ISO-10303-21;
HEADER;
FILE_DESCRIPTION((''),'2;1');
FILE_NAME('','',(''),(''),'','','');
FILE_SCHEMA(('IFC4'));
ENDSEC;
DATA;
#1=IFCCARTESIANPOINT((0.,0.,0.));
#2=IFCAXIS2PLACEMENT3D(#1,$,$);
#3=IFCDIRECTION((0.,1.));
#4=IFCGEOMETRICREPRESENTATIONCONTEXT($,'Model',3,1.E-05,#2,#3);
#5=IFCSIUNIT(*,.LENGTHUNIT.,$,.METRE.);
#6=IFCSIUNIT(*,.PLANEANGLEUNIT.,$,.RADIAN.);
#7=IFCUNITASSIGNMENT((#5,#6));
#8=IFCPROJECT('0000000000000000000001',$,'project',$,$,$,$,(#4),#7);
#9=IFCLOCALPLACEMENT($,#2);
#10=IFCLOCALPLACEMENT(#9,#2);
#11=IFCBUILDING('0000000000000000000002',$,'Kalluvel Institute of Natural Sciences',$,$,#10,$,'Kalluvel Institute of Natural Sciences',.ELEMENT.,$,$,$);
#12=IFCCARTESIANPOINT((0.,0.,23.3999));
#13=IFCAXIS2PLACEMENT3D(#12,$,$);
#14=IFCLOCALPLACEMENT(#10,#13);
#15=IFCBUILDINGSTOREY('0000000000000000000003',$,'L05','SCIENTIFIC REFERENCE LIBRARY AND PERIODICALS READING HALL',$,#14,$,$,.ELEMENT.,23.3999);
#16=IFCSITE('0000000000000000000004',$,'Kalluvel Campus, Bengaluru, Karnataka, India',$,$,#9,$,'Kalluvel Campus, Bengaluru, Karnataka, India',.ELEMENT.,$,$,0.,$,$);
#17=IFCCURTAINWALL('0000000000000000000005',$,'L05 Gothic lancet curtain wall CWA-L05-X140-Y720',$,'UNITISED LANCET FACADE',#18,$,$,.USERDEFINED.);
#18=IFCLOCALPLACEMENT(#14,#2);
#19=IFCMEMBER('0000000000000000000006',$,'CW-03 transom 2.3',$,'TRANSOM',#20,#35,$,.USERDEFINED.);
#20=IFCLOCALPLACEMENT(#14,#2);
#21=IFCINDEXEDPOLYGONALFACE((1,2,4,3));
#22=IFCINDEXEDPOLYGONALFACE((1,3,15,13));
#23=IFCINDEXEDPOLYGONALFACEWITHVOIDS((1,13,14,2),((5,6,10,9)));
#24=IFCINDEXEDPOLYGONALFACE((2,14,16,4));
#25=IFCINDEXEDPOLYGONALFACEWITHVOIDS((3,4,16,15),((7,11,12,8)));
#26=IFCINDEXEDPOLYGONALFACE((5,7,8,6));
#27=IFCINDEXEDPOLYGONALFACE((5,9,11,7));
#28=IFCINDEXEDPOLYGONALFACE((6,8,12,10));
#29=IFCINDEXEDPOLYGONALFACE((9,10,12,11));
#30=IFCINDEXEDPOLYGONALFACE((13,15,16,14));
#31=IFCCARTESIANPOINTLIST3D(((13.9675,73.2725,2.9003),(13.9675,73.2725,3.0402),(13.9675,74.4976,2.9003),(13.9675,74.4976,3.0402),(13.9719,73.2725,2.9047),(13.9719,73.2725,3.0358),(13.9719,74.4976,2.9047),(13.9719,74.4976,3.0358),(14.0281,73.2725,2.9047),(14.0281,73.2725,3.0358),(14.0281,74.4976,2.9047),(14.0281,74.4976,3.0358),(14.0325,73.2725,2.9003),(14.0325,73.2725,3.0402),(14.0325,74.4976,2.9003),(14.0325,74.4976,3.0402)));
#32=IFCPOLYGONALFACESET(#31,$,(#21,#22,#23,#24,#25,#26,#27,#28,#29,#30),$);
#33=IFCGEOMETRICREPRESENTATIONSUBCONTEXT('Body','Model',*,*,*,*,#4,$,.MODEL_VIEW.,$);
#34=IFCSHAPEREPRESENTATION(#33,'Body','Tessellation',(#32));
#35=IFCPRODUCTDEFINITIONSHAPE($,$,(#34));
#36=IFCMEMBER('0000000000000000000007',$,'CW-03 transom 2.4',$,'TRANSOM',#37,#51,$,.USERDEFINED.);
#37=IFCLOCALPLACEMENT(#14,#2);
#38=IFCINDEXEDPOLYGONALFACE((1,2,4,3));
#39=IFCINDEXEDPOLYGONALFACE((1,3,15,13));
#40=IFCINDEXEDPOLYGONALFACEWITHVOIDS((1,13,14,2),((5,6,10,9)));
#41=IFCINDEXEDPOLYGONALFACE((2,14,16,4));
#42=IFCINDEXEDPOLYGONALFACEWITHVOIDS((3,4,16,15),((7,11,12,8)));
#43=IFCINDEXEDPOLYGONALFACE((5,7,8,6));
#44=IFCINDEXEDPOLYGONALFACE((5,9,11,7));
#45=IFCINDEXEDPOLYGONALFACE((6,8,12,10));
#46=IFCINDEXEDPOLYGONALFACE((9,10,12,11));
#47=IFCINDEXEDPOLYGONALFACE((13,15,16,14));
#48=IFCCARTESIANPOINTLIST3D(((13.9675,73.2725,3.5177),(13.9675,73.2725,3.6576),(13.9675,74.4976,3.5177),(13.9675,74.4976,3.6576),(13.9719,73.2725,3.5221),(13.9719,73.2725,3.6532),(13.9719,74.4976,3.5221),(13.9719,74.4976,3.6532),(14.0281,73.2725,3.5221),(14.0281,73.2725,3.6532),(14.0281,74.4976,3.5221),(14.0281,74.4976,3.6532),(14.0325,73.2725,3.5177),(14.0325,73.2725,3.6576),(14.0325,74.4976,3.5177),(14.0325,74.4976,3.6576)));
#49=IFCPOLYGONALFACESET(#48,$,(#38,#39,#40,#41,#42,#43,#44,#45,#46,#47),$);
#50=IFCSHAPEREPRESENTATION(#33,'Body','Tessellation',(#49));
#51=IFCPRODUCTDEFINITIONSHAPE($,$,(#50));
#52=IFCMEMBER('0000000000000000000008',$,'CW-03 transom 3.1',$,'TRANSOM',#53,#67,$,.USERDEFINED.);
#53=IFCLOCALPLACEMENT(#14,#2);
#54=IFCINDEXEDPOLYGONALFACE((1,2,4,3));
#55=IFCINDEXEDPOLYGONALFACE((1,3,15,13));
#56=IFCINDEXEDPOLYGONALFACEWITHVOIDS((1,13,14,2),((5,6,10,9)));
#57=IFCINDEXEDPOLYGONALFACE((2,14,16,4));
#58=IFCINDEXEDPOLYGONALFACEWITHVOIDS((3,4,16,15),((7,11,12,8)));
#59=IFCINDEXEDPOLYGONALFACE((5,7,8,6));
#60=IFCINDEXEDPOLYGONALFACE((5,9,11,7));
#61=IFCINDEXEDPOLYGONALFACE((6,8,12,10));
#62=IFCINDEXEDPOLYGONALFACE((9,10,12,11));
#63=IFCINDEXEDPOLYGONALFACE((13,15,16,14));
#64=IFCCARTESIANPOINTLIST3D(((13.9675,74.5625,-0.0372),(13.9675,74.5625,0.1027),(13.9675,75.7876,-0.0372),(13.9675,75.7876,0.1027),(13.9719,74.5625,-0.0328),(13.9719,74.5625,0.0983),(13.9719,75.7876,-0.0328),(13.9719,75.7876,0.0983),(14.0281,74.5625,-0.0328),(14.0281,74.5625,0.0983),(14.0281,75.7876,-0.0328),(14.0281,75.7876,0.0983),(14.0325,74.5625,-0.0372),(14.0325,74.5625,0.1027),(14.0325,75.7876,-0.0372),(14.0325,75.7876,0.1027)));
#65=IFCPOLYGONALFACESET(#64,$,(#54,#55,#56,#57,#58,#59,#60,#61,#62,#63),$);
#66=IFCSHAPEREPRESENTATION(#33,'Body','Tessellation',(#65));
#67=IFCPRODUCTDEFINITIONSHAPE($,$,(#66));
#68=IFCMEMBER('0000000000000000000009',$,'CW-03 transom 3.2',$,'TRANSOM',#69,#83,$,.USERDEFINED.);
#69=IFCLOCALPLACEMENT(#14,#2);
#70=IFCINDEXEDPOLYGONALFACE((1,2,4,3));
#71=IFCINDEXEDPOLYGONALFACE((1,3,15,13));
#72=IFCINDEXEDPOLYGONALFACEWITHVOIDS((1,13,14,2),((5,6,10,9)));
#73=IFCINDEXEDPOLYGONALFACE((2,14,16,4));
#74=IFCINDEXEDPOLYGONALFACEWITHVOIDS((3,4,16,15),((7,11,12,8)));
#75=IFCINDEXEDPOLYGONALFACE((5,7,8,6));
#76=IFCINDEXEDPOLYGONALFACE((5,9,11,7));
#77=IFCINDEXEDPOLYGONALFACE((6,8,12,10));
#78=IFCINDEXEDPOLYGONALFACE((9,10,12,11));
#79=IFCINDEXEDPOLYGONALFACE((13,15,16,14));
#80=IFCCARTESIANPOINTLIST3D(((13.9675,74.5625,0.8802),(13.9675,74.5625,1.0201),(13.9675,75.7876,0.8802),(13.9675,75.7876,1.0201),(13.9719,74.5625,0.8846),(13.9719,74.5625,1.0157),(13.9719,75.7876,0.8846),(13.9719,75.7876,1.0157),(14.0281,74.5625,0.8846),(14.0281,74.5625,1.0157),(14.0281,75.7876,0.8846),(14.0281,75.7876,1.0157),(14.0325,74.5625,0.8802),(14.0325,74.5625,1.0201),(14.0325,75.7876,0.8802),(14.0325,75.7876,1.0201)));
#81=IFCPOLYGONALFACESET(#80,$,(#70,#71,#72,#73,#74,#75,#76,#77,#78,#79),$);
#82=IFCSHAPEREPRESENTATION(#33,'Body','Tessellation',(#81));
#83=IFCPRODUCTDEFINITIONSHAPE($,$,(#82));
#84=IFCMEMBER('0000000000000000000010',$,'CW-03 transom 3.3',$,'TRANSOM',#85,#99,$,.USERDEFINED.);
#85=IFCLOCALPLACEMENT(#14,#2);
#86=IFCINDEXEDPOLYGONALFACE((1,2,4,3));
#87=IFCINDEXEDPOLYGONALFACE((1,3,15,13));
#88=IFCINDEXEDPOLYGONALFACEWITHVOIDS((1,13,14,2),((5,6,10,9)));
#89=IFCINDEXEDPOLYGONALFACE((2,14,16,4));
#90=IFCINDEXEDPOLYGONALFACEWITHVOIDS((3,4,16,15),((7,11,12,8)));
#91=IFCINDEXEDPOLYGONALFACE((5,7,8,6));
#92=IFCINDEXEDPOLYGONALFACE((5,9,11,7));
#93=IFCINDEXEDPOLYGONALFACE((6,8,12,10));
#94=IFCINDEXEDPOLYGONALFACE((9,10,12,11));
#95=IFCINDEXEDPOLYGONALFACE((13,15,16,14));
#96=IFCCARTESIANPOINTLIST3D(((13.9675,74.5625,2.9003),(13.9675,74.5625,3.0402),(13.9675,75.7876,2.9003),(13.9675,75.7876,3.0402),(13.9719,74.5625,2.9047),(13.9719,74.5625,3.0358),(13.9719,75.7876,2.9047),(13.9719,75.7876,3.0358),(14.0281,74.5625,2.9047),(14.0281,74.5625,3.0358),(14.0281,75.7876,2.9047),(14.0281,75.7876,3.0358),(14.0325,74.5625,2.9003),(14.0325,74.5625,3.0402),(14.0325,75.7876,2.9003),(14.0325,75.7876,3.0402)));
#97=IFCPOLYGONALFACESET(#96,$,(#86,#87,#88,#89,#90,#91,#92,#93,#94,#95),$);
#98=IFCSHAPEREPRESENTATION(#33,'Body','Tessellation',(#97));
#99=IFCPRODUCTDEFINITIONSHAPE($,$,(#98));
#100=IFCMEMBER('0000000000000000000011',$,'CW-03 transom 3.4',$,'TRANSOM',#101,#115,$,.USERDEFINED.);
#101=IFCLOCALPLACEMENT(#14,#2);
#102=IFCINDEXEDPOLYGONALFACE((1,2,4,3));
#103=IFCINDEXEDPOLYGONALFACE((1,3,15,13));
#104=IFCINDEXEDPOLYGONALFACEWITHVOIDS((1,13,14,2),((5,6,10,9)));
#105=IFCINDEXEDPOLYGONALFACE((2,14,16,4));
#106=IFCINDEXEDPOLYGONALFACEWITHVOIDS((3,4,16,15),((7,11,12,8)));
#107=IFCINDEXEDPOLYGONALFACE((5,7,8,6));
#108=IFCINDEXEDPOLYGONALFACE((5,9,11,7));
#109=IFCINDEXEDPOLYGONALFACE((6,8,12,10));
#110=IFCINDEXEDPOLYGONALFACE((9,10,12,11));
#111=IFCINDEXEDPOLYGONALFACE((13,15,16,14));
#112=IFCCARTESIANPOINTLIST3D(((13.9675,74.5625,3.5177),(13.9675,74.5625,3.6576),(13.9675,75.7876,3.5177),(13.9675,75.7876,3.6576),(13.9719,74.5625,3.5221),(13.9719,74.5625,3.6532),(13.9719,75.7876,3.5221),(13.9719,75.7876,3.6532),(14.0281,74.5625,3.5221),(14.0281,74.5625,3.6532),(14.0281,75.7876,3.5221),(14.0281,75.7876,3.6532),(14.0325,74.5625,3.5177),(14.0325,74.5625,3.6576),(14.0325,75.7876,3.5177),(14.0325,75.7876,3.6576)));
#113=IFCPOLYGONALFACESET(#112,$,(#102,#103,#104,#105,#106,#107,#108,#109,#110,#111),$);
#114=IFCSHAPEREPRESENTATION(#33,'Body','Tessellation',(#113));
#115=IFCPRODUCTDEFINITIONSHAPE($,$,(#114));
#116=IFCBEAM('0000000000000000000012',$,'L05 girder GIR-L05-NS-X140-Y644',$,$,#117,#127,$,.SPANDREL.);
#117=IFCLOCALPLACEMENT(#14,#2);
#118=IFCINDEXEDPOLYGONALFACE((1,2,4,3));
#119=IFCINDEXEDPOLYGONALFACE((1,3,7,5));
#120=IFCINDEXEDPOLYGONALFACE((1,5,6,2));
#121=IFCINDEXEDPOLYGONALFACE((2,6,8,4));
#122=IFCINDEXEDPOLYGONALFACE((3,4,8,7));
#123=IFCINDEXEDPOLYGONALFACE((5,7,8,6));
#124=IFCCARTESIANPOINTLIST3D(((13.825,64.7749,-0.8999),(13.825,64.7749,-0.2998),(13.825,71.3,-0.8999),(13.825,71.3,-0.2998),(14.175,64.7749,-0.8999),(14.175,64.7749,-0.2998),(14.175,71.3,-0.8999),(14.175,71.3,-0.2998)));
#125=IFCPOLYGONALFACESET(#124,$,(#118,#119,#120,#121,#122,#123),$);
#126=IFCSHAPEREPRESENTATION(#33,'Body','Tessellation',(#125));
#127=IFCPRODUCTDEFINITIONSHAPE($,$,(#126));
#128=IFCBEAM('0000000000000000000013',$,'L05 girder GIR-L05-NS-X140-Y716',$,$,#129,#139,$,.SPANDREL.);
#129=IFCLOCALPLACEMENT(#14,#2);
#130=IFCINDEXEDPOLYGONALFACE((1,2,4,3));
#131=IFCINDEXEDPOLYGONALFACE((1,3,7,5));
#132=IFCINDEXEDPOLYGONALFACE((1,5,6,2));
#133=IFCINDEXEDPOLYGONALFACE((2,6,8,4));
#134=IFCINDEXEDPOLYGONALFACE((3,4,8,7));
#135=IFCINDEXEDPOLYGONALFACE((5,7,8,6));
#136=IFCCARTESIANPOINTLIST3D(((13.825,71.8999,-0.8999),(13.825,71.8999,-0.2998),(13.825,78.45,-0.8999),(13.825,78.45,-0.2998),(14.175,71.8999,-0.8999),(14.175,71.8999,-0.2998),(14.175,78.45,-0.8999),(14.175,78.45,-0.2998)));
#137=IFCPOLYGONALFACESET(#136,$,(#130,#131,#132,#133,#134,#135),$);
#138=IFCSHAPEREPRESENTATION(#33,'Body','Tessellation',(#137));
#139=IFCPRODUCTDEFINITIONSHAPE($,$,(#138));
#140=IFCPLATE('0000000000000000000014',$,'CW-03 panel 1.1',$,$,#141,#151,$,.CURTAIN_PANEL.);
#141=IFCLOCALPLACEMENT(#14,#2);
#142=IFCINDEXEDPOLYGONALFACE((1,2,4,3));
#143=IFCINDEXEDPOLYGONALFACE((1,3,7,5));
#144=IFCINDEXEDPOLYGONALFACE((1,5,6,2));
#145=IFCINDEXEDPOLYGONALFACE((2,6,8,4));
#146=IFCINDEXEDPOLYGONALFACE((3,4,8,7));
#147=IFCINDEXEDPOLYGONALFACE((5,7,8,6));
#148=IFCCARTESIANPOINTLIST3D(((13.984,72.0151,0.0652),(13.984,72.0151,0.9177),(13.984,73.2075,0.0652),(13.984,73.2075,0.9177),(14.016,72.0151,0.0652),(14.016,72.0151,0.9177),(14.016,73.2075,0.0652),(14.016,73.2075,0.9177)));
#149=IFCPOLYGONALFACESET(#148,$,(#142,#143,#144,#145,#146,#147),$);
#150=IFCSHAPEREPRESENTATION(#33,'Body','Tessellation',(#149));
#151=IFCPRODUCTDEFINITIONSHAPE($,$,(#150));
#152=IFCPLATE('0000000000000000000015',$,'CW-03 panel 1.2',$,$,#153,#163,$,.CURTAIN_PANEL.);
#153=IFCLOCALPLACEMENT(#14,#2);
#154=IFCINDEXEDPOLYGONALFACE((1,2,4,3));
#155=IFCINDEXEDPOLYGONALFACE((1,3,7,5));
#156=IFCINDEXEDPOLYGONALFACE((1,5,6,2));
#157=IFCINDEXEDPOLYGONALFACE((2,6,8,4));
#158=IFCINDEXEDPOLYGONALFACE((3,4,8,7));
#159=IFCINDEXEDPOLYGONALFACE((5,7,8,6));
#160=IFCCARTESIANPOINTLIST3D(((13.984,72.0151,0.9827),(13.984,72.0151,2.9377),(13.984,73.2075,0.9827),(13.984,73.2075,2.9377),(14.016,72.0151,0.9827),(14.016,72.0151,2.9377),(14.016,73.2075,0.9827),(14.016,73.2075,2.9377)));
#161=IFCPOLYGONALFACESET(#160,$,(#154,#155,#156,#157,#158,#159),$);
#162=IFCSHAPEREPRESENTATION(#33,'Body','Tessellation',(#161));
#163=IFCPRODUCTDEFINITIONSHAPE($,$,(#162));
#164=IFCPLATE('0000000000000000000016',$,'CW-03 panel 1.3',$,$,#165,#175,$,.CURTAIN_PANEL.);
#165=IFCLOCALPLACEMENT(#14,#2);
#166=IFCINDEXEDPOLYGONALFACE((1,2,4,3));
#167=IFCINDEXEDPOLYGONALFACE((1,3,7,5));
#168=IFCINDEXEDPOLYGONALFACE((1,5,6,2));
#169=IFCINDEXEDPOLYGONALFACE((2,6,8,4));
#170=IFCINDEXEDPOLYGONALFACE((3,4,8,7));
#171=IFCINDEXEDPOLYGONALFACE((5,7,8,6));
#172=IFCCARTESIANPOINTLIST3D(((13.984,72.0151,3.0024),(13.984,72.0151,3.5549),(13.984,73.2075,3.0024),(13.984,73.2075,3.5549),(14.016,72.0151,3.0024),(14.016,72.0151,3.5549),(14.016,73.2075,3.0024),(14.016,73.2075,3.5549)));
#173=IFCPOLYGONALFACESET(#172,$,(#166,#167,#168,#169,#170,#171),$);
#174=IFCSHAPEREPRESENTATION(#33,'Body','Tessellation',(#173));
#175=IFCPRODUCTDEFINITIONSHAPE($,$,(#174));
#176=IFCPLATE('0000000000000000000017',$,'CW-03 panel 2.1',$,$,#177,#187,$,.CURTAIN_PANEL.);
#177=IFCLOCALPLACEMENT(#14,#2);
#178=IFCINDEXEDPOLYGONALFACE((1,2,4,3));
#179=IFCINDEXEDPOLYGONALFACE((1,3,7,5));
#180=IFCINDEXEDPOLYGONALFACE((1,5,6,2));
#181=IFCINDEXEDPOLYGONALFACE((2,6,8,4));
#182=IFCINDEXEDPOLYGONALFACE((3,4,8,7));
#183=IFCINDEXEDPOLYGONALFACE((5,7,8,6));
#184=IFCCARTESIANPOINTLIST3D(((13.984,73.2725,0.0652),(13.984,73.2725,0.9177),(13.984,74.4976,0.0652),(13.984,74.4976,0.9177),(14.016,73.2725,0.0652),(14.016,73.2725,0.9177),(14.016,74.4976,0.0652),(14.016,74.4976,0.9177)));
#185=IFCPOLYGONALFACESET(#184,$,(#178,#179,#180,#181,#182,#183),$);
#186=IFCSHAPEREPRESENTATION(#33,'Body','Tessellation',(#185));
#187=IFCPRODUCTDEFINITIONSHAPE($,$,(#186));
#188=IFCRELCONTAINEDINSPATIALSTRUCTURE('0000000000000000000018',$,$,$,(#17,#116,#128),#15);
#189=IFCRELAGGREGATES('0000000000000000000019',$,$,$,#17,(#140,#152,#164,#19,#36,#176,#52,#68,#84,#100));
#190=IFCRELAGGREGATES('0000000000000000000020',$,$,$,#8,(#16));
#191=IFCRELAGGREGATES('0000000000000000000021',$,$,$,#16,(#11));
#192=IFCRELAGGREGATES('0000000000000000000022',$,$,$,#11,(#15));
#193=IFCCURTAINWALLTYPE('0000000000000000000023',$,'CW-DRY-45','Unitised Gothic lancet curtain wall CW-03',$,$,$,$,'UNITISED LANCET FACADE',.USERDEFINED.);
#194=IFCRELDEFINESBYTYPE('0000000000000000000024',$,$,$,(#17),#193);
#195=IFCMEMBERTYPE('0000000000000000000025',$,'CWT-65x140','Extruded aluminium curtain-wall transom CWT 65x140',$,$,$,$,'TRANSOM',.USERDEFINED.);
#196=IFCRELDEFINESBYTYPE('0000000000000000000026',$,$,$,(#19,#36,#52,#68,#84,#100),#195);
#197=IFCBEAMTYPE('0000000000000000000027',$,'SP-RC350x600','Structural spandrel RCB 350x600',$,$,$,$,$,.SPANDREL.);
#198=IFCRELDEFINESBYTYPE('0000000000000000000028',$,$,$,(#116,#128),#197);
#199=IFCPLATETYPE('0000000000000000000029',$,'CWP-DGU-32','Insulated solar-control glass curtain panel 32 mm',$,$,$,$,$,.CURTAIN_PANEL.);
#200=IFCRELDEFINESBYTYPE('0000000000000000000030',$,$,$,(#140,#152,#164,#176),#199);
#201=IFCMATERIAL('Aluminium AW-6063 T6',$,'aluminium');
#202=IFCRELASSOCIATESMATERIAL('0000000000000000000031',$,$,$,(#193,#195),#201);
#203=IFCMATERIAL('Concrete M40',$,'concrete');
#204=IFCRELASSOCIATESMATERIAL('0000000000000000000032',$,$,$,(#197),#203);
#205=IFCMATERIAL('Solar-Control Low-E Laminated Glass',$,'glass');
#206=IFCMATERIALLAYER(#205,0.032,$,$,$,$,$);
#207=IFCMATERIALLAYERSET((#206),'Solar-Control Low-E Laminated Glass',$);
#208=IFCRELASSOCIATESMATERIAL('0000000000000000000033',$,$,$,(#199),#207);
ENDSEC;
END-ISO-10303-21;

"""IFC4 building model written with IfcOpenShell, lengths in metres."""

from ifc_helpers import new_model, si_unit, direction, frame, origin, origin_2d, place, context, subcontext, project, spatial, rectangle, hollow_rectangle, extrude, material, layer, layer_set, material_profile, profile_set, type_object, element, aggregate, save


model = new_model("IFC4")

# Units and contexts
model_context = context("Model", 3, precision=1e-05, world=origin(), true_north=direction((0.0, 1.0)))
body_context = subcontext(model_context, "Body", "Model", "MODEL_VIEW")
ifc_project = project(units=[si_unit("LENGTHUNIT", "METRE"), si_unit("PLANEANGLEUNIT", "RADIAN")], contexts=[model_context])

# Site, building, storey
site_placement = place(None, origin())
site = spatial("IfcSite", under=ifc_project, at=site_placement, Name="Kalluvel Campus, Bengaluru, Karnataka, India", LongName="Kalluvel Campus, Bengaluru, Karnataka, India", CompositionType="ELEMENT", RefElevation=0.0)
building_placement = place(site_placement, origin())
building = spatial("IfcBuilding", under=site, at=building_placement, Name="Kalluvel Institute of Natural Sciences", LongName="Kalluvel Institute of Natural Sciences", CompositionType="ELEMENT")
storey_placement = place(building_placement, frame((0.0, 0.0, 23.3999)))
storey = spatial("IfcBuildingStorey", under=building, at=storey_placement, Name="L05", Description="SCIENTIFIC REFERENCE LIBRARY AND PERIODICALS READING HALL", CompositionType="ELEMENT", Elevation=23.3999)

# Shared definitions
ifc_material_1 = material(Name="Concrete M40", Category="concrete")

# Curtain wall, members
ifc_material_2 = material(Name="Aluminium AW-6063 T6", Category="aluminium")
curtain_wall_type = type_object("IfcCurtainWallType", Name="CW-DRY-45", Description="Unitised Gothic lancet curtain wall CW-03", ElementType="UNITISED LANCET FACADE", PredefinedType="USERDEFINED", material=ifc_material_2)
curtain_wall_placement = place(storey_placement, origin())
curtain_wall = element("IfcCurtainWall", 1, at=curtain_wall_placement, inside=storey, type_object=curtain_wall_type, Name="L05 Gothic lancet curtain wall CWA-L05-X140-Y720", ObjectType="UNITISED LANCET FACADE", PredefinedType="USERDEFINED")
ifc_material_profile_1 = material_profile(ifc_material_2, hollow_rectangle(XDim=0.0649, YDim=0.1399, WallThickness=0.0044, at=origin_2d()), Name="CWT 65x140")
ifc_profile_set_1 = profile_set([ifc_material_profile_1], Name="Aluminium AW-6063 T6")
member_type_1 = type_object("IfcMemberType", Name="CWT-65x140", Description="Extruded aluminium curtain-wall transom CWT 65x140", ElementType="TRANSOM", PredefinedType="USERDEFINED", material=ifc_profile_set_1)
member_1_placement = place(storey_placement, frame((14.0, 73.2725, 2.9702), z_axis=(0.0, 1.0, 0.0), x_axis=(-1.0, 0.0, 0.0)))
member_1 = element("IfcMember", 2, at=member_1_placement, type_object=member_type_1, Name="CW-03 transom 2.3", ObjectType="TRANSOM", PredefinedType="USERDEFINED", context=body_context, shape_type="SweptSolid", body=[
    extrude(hollow_rectangle(XDim=0.0649, YDim=0.1399, WallThickness=0.0044, at=origin_2d()), origin(), (0.0, 0.0, 1.0), 1.2251),
])
member_2_placement = place(storey_placement, frame((14.0, 73.2725, 3.5876), z_axis=(0.0, 1.0, 0.0), x_axis=(-1.0, 0.0, 0.0)))
member_2 = element("IfcMember", 3, at=member_2_placement, type_object=member_type_1, Name="CW-03 transom 2.4", ObjectType="TRANSOM", PredefinedType="USERDEFINED", context=body_context, shape_type="SweptSolid", body=[
    extrude(hollow_rectangle(XDim=0.0649, YDim=0.1399, WallThickness=0.0044, at=origin_2d()), origin(), (0.0, 0.0, 1.0), 1.2251),
])
member_3_placement = place(storey_placement, frame((14.0, 74.5625, 0.0327), z_axis=(0.0, 1.0, 0.0), x_axis=(-1.0, 0.0, 0.0)))
member_3 = element("IfcMember", 4, at=member_3_placement, type_object=member_type_1, Name="CW-03 transom 3.1", ObjectType="TRANSOM", PredefinedType="USERDEFINED", context=body_context, shape_type="SweptSolid", body=[
    extrude(hollow_rectangle(XDim=0.0649, YDim=0.1399, WallThickness=0.0044, at=origin_2d()), origin(), (0.0, 0.0, 1.0), 1.2251),
])
member_4_placement = place(storey_placement, frame((14.0, 74.5625, 0.9502), z_axis=(0.0, 1.0, 0.0), x_axis=(-1.0, 0.0, 0.0)))
member_4 = element("IfcMember", 5, at=member_4_placement, type_object=member_type_1, Name="CW-03 transom 3.2", ObjectType="TRANSOM", PredefinedType="USERDEFINED", context=body_context, shape_type="SweptSolid", body=[
    extrude(hollow_rectangle(XDim=0.0649, YDim=0.1399, WallThickness=0.0044, at=origin_2d()), origin(), (0.0, 0.0, 1.0), 1.2251),
])
member_5_placement = place(storey_placement, frame((14.0, 74.5625, 2.9702), z_axis=(0.0, 1.0, 0.0), x_axis=(-1.0, 0.0, 0.0)))
member_5 = element("IfcMember", 6, at=member_5_placement, type_object=member_type_1, Name="CW-03 transom 3.3", ObjectType="TRANSOM", PredefinedType="USERDEFINED", context=body_context, shape_type="SweptSolid", body=[
    extrude(hollow_rectangle(XDim=0.0649, YDim=0.1399, WallThickness=0.0044, at=origin_2d()), origin(), (0.0, 0.0, 1.0), 1.2251),
])
member_6_placement = place(storey_placement, frame((14.0, 74.5625, 3.5876), z_axis=(0.0, 1.0, 0.0), x_axis=(-1.0, 0.0, 0.0)))
member_6 = element("IfcMember", 7, at=member_6_placement, type_object=member_type_1, Name="CW-03 transom 3.4", ObjectType="TRANSOM", PredefinedType="USERDEFINED", context=body_context, shape_type="SweptSolid", body=[
    extrude(hollow_rectangle(XDim=0.0649, YDim=0.1399, WallThickness=0.0044, at=origin_2d()), origin(), (0.0, 0.0, 1.0), 1.2251),
])

# Beams
ifc_material_profile_2 = material_profile(ifc_material_1, rectangle(XDim=0.3501, YDim=0.6001, at=origin_2d()), Name="RCB 350x600")
ifc_profile_set_2 = profile_set([ifc_material_profile_2], Name="Concrete M40")
beam_type = type_object("IfcBeamType", Name="SP-RC350x600", Description="Structural spandrel RCB 350x600", PredefinedType="SPANDREL", material=ifc_profile_set_2)
beam_1_placement = place(storey_placement, frame((14.0, 64.7749, -0.5999), z_axis=(0.0, 1.0, 0.0), x_axis=(-1.0, 0.0, 0.0)))
element("IfcBeam", 8, at=beam_1_placement, inside=storey, type_object=beam_type, Name="L05 girder GIR-L05-NS-X140-Y644", PredefinedType="SPANDREL", context=body_context, shape_type="SweptSolid", body=[
    extrude(rectangle(XDim=0.3501, YDim=0.6001, at=origin_2d()), origin(), (0.0, 0.0, 1.0), 6.5251),
])
beam_2_placement = place(storey_placement, frame((14.0, 71.8999, -0.5999), z_axis=(0.0, 1.0, 0.0), x_axis=(-1.0, 0.0, 0.0)))
element("IfcBeam", 9, at=beam_2_placement, inside=storey, type_object=beam_type, Name="L05 girder GIR-L05-NS-X140-Y716", PredefinedType="SPANDREL", context=body_context, shape_type="SweptSolid", body=[
    extrude(rectangle(XDim=0.3501, YDim=0.6001, at=origin_2d()), origin(), (0.0, 0.0, 1.0), 6.55),
])

# Plates
ifc_material_3 = material(Name="Solar-Control Low-E Laminated Glass", Category="glass")
ifc_layer_1 = layer(ifc_material_3, 0.032)
ifc_layer_set_1 = layer_set([ifc_layer_1], Name="Solar-Control Low-E Laminated Glass")
plate_type = type_object("IfcPlateType", Name="CWP-DGU-32", Description="Insulated solar-control glass curtain panel 32 mm", PredefinedType="CURTAIN_PANEL", material=ifc_layer_set_1)
plate_1_placement = place(storey_placement, frame((14.0, 72.6113, 0.0652), z_axis=(0.0, 0.0, 1.0), x_axis=(0.0, 1.0, 0.0)))
plate_1 = element("IfcPlate", 10, at=plate_1_placement, type_object=plate_type, Name="CW-03 panel 1.1", PredefinedType="CURTAIN_PANEL", context=body_context, shape_type="SweptSolid", body=[
    extrude(rectangle(XDim=1.1924, YDim=0.032, at=origin_2d()), origin(), (0.0, 0.0, 1.0), 0.8525),
])
plate_2_placement = place(storey_placement, frame((14.0, 72.6113, 0.9827), z_axis=(0.0, 0.0, 1.0), x_axis=(0.0, 1.0, 0.0)))
plate_2 = element("IfcPlate", 11, at=plate_2_placement, type_object=plate_type, Name="CW-03 panel 1.2", PredefinedType="CURTAIN_PANEL", context=body_context, shape_type="SweptSolid", body=[
    extrude(rectangle(XDim=1.1924, YDim=0.032, at=origin_2d()), origin(), (0.0, 0.0, 1.0), 1.9551),
])
plate_3_placement = place(storey_placement, frame((14.0, 72.6113, 3.0024), z_axis=(0.0, 0.0, 1.0), x_axis=(0.0, 1.0, 0.0)))
plate_3 = element("IfcPlate", 12, at=plate_3_placement, type_object=plate_type, Name="CW-03 panel 1.3", PredefinedType="CURTAIN_PANEL", context=body_context, shape_type="SweptSolid", body=[
    extrude(rectangle(XDim=1.1924, YDim=0.032, at=origin_2d()), origin(), (0.0, 0.0, 1.0), 0.5525),
])
plate_4_placement = place(storey_placement, frame((14.0, 73.885, 0.0652), z_axis=(0.0, 0.0, 1.0), x_axis=(0.0, 1.0, 0.0)))
plate_4 = element("IfcPlate", 13, at=plate_4_placement, type_object=plate_type, Name="CW-03 panel 2.1", PredefinedType="CURTAIN_PANEL", context=body_context, shape_type="SweptSolid", body=[
    extrude(rectangle(XDim=1.2251, YDim=0.032, at=origin_2d()), origin(), (0.0, 0.0, 1.0), 0.8525),
])
aggregate(curtain_wall, [plate_1, plate_2, plate_3, member_1, member_2, plate_4, member_3, member_4, member_5, member_6])

save(model, "model.ifc")
